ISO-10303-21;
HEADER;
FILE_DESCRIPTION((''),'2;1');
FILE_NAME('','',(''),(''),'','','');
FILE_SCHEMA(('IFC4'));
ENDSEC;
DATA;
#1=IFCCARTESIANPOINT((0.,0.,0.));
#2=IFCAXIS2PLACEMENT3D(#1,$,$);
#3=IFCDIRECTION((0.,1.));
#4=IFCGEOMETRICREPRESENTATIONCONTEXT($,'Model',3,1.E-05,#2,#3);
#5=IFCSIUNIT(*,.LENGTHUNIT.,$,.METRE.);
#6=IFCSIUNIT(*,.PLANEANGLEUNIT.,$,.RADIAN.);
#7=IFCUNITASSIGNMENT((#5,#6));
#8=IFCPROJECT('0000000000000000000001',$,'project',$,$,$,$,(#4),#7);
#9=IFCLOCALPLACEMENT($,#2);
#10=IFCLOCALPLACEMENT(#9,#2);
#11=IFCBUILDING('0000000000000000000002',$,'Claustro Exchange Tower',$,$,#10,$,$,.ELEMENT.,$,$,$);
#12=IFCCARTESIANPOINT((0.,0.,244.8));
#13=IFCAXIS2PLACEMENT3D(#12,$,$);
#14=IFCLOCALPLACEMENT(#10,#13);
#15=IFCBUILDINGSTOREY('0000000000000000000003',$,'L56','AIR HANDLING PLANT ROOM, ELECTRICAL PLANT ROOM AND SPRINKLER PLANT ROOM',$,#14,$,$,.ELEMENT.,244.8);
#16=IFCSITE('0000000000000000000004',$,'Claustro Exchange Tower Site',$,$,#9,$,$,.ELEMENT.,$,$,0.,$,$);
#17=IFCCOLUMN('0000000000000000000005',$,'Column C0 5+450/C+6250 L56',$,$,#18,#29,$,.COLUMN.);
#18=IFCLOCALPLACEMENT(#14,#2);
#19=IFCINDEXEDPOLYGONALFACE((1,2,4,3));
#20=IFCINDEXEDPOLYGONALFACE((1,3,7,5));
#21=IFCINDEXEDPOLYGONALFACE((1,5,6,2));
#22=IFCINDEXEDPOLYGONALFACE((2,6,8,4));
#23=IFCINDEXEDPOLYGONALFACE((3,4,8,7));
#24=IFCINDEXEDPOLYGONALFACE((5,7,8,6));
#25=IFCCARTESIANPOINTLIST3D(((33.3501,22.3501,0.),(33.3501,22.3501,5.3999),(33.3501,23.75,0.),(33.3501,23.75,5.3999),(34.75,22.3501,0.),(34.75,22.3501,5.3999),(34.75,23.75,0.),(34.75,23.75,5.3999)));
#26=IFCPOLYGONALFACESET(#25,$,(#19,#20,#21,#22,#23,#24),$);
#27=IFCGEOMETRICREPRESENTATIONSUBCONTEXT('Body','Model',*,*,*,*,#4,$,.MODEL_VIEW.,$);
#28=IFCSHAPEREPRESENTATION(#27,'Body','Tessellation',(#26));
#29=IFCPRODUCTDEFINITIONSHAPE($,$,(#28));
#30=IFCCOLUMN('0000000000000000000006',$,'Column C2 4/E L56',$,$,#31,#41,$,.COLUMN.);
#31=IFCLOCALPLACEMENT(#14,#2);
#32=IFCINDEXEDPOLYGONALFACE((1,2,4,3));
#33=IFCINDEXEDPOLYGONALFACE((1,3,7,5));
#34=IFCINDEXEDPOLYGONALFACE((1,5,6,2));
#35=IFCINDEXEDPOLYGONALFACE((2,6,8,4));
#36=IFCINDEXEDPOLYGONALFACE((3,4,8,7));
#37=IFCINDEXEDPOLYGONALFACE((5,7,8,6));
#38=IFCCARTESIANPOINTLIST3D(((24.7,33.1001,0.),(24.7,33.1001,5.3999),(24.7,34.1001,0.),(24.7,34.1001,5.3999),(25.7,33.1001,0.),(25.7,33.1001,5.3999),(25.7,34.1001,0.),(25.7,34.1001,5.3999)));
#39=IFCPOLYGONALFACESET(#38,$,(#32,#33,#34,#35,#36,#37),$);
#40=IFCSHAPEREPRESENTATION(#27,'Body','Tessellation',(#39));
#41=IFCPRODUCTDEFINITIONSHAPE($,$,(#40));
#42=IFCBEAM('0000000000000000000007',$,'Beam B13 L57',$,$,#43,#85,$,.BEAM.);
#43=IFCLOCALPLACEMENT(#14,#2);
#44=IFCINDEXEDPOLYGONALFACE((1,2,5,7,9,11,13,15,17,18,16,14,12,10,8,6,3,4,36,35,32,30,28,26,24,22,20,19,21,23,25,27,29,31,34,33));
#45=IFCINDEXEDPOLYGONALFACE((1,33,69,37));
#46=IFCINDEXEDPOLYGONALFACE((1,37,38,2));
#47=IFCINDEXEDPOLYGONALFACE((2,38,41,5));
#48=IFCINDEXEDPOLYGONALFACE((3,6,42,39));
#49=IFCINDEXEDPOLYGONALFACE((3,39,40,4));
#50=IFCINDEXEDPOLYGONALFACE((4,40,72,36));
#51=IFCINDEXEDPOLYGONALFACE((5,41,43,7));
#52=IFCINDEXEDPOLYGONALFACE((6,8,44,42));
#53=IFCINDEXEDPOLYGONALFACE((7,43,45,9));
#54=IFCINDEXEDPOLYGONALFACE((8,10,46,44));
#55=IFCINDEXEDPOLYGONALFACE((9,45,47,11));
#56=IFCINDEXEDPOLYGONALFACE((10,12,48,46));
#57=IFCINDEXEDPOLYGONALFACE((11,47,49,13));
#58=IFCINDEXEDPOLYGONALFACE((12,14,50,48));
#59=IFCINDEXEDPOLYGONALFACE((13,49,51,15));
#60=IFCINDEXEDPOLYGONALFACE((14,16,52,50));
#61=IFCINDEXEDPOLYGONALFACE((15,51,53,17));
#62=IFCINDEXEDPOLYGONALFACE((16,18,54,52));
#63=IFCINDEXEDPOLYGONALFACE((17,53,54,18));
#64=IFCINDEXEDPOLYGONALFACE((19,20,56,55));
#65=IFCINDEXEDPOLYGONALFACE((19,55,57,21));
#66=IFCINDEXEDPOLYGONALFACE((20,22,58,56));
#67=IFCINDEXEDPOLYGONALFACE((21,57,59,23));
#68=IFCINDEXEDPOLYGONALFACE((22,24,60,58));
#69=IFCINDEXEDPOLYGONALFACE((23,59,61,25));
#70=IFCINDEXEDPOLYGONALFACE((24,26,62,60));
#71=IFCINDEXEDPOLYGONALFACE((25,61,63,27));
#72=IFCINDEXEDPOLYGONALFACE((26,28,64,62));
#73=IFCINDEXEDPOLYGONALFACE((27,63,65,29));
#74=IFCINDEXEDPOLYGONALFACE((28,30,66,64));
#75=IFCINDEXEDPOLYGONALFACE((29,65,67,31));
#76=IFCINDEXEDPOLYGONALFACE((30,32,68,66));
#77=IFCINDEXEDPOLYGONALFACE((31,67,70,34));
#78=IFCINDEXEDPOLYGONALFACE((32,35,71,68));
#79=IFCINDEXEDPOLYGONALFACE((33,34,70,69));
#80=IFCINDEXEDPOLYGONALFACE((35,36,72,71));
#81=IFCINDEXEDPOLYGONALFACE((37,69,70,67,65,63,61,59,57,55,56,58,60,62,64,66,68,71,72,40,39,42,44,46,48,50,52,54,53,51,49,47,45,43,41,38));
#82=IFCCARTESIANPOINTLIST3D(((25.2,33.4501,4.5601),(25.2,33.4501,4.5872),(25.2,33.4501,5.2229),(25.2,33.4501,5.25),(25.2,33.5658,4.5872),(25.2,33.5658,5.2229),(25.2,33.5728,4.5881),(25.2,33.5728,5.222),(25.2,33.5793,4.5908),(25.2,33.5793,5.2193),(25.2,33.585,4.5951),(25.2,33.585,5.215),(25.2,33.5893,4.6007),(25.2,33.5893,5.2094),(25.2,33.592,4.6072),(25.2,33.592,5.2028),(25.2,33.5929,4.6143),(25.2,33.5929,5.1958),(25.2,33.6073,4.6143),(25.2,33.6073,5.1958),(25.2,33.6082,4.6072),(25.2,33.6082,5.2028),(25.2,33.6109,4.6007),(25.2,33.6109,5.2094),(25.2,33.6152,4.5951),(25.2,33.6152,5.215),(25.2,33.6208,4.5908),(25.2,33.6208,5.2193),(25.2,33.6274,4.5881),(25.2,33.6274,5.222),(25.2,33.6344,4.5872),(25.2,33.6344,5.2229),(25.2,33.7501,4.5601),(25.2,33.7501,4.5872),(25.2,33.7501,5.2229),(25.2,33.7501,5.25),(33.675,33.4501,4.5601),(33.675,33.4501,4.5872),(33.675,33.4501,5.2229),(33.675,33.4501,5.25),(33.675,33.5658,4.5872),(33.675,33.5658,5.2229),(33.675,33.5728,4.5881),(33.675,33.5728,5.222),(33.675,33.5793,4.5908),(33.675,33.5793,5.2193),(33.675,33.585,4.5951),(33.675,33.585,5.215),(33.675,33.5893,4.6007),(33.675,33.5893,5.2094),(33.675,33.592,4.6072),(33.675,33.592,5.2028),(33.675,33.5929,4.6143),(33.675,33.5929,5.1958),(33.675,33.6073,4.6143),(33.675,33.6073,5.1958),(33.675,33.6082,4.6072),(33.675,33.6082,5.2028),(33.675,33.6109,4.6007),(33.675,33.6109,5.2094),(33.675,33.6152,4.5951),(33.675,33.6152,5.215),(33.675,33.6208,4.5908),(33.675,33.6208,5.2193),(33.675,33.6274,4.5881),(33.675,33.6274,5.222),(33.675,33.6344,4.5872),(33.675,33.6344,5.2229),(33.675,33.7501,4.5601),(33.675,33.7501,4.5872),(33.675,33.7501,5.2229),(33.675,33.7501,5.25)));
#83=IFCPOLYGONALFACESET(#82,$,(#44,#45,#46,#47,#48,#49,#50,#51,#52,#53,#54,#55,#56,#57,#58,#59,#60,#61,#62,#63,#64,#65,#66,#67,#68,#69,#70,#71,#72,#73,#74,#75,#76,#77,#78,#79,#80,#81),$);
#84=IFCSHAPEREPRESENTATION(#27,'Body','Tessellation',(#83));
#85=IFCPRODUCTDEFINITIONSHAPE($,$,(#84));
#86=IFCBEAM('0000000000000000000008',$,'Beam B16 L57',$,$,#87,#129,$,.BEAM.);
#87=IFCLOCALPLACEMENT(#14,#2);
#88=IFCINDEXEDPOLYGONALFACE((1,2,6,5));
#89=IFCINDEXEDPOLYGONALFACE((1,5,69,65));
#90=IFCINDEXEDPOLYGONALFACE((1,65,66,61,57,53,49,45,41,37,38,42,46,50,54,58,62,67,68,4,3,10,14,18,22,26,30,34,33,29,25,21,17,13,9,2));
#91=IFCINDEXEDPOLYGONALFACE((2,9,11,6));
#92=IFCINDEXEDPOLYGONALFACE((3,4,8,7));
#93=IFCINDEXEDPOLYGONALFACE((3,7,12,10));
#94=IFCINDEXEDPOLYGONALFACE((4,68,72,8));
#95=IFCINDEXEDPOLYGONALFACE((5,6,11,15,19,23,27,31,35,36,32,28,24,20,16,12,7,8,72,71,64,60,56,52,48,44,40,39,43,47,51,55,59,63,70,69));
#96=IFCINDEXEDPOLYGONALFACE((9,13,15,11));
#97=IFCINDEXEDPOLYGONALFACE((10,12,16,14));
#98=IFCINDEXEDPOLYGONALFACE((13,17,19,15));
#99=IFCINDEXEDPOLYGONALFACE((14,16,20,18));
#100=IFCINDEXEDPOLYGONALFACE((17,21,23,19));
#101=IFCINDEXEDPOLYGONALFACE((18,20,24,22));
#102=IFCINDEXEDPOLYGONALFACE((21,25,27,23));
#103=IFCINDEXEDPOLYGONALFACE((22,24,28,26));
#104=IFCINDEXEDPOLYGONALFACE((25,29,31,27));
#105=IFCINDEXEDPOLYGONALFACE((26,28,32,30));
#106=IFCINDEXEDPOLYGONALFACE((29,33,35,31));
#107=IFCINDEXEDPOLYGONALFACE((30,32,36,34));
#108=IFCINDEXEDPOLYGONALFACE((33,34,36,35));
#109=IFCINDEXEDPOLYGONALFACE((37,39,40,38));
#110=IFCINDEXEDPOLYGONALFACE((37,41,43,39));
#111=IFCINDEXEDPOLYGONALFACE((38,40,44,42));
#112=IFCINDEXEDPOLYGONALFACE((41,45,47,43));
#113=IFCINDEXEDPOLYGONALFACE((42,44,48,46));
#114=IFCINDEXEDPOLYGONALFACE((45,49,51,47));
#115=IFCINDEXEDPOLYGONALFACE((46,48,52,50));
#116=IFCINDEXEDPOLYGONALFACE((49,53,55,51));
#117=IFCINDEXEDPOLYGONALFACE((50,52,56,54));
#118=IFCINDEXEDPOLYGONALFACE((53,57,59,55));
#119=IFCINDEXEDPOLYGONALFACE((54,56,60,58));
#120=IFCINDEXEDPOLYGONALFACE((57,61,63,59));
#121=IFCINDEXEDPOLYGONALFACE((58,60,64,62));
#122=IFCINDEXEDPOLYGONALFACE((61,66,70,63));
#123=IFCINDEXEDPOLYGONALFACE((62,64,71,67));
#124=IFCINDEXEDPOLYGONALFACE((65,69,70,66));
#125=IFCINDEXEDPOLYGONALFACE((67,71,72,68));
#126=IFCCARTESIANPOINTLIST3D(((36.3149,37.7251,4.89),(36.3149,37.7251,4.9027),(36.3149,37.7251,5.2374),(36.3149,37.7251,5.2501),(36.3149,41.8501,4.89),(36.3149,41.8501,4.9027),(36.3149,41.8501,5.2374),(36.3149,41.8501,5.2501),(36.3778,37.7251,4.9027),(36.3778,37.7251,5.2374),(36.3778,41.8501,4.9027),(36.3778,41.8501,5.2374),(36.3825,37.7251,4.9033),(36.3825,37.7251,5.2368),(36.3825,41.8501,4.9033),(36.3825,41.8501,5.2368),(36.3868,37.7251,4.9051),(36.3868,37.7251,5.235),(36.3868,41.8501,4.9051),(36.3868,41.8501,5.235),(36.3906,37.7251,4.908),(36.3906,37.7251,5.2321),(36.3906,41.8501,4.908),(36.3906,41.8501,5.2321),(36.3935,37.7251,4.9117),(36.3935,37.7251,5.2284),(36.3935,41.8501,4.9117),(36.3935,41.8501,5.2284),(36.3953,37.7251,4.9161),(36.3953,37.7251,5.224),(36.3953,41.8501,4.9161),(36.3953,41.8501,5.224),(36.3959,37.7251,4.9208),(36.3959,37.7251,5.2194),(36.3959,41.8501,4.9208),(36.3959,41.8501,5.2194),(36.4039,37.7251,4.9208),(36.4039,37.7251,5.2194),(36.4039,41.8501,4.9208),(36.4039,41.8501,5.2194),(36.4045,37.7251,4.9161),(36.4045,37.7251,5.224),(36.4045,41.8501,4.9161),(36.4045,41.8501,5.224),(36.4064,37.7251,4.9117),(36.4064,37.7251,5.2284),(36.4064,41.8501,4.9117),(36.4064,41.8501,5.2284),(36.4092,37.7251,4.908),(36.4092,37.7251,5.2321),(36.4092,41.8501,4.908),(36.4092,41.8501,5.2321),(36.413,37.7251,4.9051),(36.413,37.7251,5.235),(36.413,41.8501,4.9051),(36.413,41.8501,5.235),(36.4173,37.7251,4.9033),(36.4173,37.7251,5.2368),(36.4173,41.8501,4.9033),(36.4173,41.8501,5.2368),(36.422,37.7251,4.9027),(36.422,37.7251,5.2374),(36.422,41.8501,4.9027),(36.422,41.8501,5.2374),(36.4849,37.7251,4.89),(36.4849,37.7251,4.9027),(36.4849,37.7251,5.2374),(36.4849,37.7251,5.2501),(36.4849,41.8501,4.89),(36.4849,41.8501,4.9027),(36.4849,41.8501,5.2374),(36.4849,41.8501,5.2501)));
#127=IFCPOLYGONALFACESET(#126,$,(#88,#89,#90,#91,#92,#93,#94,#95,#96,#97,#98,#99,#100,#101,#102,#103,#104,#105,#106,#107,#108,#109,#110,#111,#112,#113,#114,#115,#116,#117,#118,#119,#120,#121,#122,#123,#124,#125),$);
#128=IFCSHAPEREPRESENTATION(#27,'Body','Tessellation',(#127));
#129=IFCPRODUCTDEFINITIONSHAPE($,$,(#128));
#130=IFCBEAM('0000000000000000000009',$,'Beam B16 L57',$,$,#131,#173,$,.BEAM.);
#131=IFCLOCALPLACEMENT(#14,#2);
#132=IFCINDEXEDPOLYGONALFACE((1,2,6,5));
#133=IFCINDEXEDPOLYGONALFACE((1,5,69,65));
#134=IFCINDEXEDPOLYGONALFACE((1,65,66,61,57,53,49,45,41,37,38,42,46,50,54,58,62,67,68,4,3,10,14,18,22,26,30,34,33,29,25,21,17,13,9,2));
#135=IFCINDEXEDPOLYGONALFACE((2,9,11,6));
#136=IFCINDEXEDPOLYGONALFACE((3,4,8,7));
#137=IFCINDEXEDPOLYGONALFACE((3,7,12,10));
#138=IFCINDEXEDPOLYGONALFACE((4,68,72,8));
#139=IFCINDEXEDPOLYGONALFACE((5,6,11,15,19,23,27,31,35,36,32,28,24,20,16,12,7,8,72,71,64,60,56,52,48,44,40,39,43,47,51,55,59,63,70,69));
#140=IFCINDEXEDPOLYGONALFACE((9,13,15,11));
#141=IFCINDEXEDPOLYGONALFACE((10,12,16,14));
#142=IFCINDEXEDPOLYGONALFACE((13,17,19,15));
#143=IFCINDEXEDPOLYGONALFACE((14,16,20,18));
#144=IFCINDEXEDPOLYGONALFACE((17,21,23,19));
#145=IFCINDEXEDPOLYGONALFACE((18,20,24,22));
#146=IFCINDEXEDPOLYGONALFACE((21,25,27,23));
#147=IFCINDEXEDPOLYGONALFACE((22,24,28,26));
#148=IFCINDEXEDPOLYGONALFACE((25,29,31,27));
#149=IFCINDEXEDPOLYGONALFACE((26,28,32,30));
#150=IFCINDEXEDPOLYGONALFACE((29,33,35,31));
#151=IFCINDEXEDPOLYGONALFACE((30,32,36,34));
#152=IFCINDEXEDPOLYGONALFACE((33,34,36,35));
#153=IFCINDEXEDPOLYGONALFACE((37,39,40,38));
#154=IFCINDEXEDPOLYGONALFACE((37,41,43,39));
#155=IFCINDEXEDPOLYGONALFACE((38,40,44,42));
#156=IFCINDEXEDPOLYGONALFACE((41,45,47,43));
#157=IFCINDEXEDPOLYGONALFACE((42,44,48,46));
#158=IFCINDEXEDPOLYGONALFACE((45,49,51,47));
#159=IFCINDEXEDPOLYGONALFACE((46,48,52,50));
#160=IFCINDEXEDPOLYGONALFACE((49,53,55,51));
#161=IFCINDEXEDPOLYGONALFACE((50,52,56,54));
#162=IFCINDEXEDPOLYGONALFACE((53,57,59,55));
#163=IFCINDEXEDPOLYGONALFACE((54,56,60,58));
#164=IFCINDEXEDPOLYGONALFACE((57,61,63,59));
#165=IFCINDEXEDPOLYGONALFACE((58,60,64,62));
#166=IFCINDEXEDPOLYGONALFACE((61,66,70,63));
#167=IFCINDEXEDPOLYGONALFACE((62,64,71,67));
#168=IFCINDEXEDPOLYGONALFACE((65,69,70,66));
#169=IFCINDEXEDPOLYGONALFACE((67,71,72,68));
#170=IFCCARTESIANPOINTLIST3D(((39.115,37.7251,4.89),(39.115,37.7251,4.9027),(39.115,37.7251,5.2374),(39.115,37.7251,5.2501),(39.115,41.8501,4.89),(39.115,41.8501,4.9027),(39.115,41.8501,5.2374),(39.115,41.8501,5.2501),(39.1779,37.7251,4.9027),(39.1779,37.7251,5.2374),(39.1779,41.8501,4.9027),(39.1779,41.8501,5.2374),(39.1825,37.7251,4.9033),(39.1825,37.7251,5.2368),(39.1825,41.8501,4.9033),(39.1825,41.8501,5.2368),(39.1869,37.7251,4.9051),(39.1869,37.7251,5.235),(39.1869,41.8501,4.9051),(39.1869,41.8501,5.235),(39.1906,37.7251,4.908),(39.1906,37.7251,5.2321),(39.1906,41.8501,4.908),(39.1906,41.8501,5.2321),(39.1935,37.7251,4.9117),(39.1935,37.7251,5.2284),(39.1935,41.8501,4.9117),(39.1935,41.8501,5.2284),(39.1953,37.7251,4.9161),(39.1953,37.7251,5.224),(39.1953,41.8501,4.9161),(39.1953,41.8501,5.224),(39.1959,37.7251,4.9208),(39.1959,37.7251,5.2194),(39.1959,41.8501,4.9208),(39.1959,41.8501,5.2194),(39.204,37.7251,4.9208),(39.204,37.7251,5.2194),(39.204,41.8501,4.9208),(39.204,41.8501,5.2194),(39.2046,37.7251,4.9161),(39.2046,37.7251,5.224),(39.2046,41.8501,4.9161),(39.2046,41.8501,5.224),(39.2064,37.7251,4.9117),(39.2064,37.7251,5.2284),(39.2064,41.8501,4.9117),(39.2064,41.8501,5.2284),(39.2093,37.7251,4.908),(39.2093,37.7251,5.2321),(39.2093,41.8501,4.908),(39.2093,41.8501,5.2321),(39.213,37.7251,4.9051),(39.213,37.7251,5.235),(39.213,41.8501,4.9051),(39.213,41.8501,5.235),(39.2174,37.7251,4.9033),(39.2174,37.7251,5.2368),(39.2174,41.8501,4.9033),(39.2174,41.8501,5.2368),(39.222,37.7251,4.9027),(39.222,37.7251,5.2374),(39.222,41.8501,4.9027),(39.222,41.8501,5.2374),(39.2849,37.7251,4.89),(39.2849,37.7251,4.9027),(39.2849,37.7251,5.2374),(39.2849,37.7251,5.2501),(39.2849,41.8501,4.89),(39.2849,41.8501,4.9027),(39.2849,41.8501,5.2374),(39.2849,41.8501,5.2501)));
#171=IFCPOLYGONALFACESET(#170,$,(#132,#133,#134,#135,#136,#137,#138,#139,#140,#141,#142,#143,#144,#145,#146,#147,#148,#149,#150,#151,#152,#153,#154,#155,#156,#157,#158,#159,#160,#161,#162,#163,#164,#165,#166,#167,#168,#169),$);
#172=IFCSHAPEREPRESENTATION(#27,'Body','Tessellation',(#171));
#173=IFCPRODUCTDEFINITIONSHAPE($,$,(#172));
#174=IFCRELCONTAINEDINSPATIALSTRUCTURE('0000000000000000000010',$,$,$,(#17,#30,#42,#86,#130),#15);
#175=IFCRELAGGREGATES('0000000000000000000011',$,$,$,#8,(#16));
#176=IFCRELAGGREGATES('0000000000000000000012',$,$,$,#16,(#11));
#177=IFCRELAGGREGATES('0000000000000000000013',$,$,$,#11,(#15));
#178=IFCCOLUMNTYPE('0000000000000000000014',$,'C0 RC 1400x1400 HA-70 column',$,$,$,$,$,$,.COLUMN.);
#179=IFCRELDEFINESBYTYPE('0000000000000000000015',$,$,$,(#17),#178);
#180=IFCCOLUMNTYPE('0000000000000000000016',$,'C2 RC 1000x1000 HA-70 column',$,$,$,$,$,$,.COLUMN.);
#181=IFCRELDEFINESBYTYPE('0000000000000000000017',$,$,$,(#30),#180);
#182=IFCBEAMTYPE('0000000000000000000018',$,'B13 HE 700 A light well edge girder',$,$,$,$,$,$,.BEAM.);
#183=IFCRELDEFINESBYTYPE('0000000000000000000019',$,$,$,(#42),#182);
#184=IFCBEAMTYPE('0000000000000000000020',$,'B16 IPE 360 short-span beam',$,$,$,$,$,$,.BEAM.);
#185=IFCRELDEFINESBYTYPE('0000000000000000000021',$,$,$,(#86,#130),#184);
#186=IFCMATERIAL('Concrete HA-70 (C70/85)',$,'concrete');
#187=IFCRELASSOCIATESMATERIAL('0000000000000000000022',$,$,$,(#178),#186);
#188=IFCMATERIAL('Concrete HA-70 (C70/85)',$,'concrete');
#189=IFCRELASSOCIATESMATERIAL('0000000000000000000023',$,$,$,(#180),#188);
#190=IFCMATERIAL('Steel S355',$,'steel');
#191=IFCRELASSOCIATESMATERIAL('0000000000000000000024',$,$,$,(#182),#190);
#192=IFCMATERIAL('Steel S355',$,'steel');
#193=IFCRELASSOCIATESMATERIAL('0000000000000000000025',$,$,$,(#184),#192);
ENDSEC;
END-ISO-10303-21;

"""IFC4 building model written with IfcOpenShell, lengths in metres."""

from ifc_helpers import new_model, si_unit, direction, frame, origin, origin_2d, place, context, subcontext, project, spatial, rectangle, i_section, extrude, material, material_profile, profile_set, type_object, element, save


model = new_model("IFC4")

# Units and contexts
model_context = context("Model", 3, precision=1e-05, world=origin(), true_north=direction((0.0, 1.0)))
body_context = subcontext(model_context, "Body", "Model", "MODEL_VIEW")
ifc_project = project(units=[si_unit("LENGTHUNIT", "METRE"), si_unit("PLANEANGLEUNIT", "RADIAN")], contexts=[model_context])

# Site, building, storey
site_placement = place(None, origin())
site = spatial("IfcSite", under=ifc_project, at=site_placement, Name="Claustro Exchange Tower Site", CompositionType="ELEMENT", RefElevation=0.0)
building_placement = place(site_placement, origin())
building = spatial("IfcBuilding", under=site, at=building_placement, Name="Claustro Exchange Tower", CompositionType="ELEMENT")
storey_placement = place(building_placement, frame((0.0, 0.0, 244.8)))
storey = spatial("IfcBuildingStorey", under=building, at=storey_placement, Name="L56", Description="AIR HANDLING PLANT ROOM, ELECTRICAL PLANT ROOM AND SPRINKLER PLANT ROOM", CompositionType="ELEMENT", Elevation=244.8)

# Columns
ifc_material_1 = material(Name="Concrete HA-70 (C70/85)", Category="concrete")
ifc_material_profile_1 = material_profile(ifc_material_1, rectangle(XDim=1.3999, YDim=1.3999, at=origin_2d()), Name="RC 1400x1400")
ifc_profile_set_1 = profile_set([ifc_material_profile_1], Name="Concrete HA-70 (C70/85)")
column_type_1 = type_object("IfcColumnType", Name="C0 RC 1400x1400 HA-70 column", PredefinedType="COLUMN", material=ifc_profile_set_1)
column_1_placement = place(storey_placement, frame((34.05, 23.05, 0.0), z_axis=(0.0, 0.0, 1.0), x_axis=(1.0, 0.0, 0.0)))
element("IfcColumn", 1, at=column_1_placement, inside=storey, type_object=column_type_1, Name="Column C0 5+450/C+6250 L56", PredefinedType="COLUMN", context=body_context, shape_type="SweptSolid", body=[
    extrude(rectangle(XDim=1.3999, YDim=1.3999, at=origin_2d()), origin(), (0.0, 0.0, 1.0), 5.3999),
])
ifc_material_2 = material(Name="Concrete HA-70 (C70/85)", Category="concrete")
ifc_material_profile_2 = material_profile(ifc_material_2, rectangle(XDim=1.0, YDim=1.0, at=origin_2d()), Name="RC 1000x1000")
ifc_profile_set_2 = profile_set([ifc_material_profile_2], Name="Concrete HA-70 (C70/85)")
column_type_2 = type_object("IfcColumnType", Name="C2 RC 1000x1000 HA-70 column", PredefinedType="COLUMN", material=ifc_profile_set_2)
column_2_placement = place(storey_placement, frame((25.2, 33.6001, 0.0), z_axis=(0.0, 0.0, 1.0), x_axis=(1.0, 0.0, 0.0)))
element("IfcColumn", 2, at=column_2_placement, inside=storey, type_object=column_type_2, Name="Column C2 4/E L56", PredefinedType="COLUMN", context=body_context, shape_type="SweptSolid", body=[
    extrude(rectangle(XDim=1.0, YDim=1.0, at=origin_2d()), origin(), (0.0, 0.0, 1.0), 5.3999),
])

# Beams
ifc_material_3 = material(Name="Steel S355", Category="steel")
ifc_material_profile_3 = material_profile(ifc_material_3, i_section(OverallWidth=0.3, OverallDepth=0.6899, WebThickness=0.0144, FlangeThickness=0.0271, FilletRadius=0.0271, at=origin_2d()), Name="HE 700 A")
ifc_profile_set_3 = profile_set([ifc_material_profile_3], Name="Steel S355")
beam_type_1 = type_object("IfcBeamType", Name="B13 HE 700 A light well edge girder", PredefinedType="BEAM", material=ifc_profile_set_3)
beam_1_placement = place(storey_placement, frame((25.2, 33.6001, 4.905), z_axis=(1.0, 0.0, 0.0), x_axis=(0.0, 1.0, 0.0)))
element("IfcBeam", 3, at=beam_1_placement, inside=storey, type_object=beam_type_1, Name="Beam B13 L57", PredefinedType="BEAM", context=body_context, shape_type="SweptSolid", body=[
    extrude(i_section(OverallWidth=0.3, OverallDepth=0.6899, WebThickness=0.0144, FlangeThickness=0.0271, FilletRadius=0.0271, at=origin_2d()), origin(), (0.0, 0.0, 1.0), 8.4751),
])
ifc_material_4 = material(Name="Steel S355", Category="steel")
ifc_material_profile_4 = material_profile(ifc_material_4, i_section(OverallWidth=0.1699, OverallDepth=0.3601, WebThickness=0.0081, FlangeThickness=0.0127, FilletRadius=0.0181, at=origin_2d()), Name="IPE 360")
ifc_profile_set_4 = profile_set([ifc_material_profile_4], Name="Steel S355")
beam_type_2 = type_object("IfcBeamType", Name="B16 IPE 360 short-span beam", PredefinedType="BEAM", material=ifc_profile_set_4)
for number, where, z_axis, x_axis, name in (
    (4, (36.3999, 37.7251, 5.0701), (0.0, 1.0, 0.0), (-1.0, 0.0, 0.0), "Beam B16 L57"),
    (5, (39.2, 37.7251, 5.0701), (0.0, 1.0, 0.0), (-1.0, 0.0, 0.0), "Beam B16 L57"),
):
    element("IfcBeam", number, at=place(storey_placement, frame(where, z_axis=z_axis, x_axis=x_axis)), inside=storey, type_object=beam_type_2, Name=name, PredefinedType="BEAM", context=body_context, shape_type="SweptSolid", body=[
        extrude(i_section(OverallWidth=0.1699, OverallDepth=0.3601, WebThickness=0.0081, FlangeThickness=0.0127, FilletRadius=0.0181, at=origin_2d()), origin(), (0.0, 0.0, 1.0), 4.125),
    ])

save(model, "model.ifc")
